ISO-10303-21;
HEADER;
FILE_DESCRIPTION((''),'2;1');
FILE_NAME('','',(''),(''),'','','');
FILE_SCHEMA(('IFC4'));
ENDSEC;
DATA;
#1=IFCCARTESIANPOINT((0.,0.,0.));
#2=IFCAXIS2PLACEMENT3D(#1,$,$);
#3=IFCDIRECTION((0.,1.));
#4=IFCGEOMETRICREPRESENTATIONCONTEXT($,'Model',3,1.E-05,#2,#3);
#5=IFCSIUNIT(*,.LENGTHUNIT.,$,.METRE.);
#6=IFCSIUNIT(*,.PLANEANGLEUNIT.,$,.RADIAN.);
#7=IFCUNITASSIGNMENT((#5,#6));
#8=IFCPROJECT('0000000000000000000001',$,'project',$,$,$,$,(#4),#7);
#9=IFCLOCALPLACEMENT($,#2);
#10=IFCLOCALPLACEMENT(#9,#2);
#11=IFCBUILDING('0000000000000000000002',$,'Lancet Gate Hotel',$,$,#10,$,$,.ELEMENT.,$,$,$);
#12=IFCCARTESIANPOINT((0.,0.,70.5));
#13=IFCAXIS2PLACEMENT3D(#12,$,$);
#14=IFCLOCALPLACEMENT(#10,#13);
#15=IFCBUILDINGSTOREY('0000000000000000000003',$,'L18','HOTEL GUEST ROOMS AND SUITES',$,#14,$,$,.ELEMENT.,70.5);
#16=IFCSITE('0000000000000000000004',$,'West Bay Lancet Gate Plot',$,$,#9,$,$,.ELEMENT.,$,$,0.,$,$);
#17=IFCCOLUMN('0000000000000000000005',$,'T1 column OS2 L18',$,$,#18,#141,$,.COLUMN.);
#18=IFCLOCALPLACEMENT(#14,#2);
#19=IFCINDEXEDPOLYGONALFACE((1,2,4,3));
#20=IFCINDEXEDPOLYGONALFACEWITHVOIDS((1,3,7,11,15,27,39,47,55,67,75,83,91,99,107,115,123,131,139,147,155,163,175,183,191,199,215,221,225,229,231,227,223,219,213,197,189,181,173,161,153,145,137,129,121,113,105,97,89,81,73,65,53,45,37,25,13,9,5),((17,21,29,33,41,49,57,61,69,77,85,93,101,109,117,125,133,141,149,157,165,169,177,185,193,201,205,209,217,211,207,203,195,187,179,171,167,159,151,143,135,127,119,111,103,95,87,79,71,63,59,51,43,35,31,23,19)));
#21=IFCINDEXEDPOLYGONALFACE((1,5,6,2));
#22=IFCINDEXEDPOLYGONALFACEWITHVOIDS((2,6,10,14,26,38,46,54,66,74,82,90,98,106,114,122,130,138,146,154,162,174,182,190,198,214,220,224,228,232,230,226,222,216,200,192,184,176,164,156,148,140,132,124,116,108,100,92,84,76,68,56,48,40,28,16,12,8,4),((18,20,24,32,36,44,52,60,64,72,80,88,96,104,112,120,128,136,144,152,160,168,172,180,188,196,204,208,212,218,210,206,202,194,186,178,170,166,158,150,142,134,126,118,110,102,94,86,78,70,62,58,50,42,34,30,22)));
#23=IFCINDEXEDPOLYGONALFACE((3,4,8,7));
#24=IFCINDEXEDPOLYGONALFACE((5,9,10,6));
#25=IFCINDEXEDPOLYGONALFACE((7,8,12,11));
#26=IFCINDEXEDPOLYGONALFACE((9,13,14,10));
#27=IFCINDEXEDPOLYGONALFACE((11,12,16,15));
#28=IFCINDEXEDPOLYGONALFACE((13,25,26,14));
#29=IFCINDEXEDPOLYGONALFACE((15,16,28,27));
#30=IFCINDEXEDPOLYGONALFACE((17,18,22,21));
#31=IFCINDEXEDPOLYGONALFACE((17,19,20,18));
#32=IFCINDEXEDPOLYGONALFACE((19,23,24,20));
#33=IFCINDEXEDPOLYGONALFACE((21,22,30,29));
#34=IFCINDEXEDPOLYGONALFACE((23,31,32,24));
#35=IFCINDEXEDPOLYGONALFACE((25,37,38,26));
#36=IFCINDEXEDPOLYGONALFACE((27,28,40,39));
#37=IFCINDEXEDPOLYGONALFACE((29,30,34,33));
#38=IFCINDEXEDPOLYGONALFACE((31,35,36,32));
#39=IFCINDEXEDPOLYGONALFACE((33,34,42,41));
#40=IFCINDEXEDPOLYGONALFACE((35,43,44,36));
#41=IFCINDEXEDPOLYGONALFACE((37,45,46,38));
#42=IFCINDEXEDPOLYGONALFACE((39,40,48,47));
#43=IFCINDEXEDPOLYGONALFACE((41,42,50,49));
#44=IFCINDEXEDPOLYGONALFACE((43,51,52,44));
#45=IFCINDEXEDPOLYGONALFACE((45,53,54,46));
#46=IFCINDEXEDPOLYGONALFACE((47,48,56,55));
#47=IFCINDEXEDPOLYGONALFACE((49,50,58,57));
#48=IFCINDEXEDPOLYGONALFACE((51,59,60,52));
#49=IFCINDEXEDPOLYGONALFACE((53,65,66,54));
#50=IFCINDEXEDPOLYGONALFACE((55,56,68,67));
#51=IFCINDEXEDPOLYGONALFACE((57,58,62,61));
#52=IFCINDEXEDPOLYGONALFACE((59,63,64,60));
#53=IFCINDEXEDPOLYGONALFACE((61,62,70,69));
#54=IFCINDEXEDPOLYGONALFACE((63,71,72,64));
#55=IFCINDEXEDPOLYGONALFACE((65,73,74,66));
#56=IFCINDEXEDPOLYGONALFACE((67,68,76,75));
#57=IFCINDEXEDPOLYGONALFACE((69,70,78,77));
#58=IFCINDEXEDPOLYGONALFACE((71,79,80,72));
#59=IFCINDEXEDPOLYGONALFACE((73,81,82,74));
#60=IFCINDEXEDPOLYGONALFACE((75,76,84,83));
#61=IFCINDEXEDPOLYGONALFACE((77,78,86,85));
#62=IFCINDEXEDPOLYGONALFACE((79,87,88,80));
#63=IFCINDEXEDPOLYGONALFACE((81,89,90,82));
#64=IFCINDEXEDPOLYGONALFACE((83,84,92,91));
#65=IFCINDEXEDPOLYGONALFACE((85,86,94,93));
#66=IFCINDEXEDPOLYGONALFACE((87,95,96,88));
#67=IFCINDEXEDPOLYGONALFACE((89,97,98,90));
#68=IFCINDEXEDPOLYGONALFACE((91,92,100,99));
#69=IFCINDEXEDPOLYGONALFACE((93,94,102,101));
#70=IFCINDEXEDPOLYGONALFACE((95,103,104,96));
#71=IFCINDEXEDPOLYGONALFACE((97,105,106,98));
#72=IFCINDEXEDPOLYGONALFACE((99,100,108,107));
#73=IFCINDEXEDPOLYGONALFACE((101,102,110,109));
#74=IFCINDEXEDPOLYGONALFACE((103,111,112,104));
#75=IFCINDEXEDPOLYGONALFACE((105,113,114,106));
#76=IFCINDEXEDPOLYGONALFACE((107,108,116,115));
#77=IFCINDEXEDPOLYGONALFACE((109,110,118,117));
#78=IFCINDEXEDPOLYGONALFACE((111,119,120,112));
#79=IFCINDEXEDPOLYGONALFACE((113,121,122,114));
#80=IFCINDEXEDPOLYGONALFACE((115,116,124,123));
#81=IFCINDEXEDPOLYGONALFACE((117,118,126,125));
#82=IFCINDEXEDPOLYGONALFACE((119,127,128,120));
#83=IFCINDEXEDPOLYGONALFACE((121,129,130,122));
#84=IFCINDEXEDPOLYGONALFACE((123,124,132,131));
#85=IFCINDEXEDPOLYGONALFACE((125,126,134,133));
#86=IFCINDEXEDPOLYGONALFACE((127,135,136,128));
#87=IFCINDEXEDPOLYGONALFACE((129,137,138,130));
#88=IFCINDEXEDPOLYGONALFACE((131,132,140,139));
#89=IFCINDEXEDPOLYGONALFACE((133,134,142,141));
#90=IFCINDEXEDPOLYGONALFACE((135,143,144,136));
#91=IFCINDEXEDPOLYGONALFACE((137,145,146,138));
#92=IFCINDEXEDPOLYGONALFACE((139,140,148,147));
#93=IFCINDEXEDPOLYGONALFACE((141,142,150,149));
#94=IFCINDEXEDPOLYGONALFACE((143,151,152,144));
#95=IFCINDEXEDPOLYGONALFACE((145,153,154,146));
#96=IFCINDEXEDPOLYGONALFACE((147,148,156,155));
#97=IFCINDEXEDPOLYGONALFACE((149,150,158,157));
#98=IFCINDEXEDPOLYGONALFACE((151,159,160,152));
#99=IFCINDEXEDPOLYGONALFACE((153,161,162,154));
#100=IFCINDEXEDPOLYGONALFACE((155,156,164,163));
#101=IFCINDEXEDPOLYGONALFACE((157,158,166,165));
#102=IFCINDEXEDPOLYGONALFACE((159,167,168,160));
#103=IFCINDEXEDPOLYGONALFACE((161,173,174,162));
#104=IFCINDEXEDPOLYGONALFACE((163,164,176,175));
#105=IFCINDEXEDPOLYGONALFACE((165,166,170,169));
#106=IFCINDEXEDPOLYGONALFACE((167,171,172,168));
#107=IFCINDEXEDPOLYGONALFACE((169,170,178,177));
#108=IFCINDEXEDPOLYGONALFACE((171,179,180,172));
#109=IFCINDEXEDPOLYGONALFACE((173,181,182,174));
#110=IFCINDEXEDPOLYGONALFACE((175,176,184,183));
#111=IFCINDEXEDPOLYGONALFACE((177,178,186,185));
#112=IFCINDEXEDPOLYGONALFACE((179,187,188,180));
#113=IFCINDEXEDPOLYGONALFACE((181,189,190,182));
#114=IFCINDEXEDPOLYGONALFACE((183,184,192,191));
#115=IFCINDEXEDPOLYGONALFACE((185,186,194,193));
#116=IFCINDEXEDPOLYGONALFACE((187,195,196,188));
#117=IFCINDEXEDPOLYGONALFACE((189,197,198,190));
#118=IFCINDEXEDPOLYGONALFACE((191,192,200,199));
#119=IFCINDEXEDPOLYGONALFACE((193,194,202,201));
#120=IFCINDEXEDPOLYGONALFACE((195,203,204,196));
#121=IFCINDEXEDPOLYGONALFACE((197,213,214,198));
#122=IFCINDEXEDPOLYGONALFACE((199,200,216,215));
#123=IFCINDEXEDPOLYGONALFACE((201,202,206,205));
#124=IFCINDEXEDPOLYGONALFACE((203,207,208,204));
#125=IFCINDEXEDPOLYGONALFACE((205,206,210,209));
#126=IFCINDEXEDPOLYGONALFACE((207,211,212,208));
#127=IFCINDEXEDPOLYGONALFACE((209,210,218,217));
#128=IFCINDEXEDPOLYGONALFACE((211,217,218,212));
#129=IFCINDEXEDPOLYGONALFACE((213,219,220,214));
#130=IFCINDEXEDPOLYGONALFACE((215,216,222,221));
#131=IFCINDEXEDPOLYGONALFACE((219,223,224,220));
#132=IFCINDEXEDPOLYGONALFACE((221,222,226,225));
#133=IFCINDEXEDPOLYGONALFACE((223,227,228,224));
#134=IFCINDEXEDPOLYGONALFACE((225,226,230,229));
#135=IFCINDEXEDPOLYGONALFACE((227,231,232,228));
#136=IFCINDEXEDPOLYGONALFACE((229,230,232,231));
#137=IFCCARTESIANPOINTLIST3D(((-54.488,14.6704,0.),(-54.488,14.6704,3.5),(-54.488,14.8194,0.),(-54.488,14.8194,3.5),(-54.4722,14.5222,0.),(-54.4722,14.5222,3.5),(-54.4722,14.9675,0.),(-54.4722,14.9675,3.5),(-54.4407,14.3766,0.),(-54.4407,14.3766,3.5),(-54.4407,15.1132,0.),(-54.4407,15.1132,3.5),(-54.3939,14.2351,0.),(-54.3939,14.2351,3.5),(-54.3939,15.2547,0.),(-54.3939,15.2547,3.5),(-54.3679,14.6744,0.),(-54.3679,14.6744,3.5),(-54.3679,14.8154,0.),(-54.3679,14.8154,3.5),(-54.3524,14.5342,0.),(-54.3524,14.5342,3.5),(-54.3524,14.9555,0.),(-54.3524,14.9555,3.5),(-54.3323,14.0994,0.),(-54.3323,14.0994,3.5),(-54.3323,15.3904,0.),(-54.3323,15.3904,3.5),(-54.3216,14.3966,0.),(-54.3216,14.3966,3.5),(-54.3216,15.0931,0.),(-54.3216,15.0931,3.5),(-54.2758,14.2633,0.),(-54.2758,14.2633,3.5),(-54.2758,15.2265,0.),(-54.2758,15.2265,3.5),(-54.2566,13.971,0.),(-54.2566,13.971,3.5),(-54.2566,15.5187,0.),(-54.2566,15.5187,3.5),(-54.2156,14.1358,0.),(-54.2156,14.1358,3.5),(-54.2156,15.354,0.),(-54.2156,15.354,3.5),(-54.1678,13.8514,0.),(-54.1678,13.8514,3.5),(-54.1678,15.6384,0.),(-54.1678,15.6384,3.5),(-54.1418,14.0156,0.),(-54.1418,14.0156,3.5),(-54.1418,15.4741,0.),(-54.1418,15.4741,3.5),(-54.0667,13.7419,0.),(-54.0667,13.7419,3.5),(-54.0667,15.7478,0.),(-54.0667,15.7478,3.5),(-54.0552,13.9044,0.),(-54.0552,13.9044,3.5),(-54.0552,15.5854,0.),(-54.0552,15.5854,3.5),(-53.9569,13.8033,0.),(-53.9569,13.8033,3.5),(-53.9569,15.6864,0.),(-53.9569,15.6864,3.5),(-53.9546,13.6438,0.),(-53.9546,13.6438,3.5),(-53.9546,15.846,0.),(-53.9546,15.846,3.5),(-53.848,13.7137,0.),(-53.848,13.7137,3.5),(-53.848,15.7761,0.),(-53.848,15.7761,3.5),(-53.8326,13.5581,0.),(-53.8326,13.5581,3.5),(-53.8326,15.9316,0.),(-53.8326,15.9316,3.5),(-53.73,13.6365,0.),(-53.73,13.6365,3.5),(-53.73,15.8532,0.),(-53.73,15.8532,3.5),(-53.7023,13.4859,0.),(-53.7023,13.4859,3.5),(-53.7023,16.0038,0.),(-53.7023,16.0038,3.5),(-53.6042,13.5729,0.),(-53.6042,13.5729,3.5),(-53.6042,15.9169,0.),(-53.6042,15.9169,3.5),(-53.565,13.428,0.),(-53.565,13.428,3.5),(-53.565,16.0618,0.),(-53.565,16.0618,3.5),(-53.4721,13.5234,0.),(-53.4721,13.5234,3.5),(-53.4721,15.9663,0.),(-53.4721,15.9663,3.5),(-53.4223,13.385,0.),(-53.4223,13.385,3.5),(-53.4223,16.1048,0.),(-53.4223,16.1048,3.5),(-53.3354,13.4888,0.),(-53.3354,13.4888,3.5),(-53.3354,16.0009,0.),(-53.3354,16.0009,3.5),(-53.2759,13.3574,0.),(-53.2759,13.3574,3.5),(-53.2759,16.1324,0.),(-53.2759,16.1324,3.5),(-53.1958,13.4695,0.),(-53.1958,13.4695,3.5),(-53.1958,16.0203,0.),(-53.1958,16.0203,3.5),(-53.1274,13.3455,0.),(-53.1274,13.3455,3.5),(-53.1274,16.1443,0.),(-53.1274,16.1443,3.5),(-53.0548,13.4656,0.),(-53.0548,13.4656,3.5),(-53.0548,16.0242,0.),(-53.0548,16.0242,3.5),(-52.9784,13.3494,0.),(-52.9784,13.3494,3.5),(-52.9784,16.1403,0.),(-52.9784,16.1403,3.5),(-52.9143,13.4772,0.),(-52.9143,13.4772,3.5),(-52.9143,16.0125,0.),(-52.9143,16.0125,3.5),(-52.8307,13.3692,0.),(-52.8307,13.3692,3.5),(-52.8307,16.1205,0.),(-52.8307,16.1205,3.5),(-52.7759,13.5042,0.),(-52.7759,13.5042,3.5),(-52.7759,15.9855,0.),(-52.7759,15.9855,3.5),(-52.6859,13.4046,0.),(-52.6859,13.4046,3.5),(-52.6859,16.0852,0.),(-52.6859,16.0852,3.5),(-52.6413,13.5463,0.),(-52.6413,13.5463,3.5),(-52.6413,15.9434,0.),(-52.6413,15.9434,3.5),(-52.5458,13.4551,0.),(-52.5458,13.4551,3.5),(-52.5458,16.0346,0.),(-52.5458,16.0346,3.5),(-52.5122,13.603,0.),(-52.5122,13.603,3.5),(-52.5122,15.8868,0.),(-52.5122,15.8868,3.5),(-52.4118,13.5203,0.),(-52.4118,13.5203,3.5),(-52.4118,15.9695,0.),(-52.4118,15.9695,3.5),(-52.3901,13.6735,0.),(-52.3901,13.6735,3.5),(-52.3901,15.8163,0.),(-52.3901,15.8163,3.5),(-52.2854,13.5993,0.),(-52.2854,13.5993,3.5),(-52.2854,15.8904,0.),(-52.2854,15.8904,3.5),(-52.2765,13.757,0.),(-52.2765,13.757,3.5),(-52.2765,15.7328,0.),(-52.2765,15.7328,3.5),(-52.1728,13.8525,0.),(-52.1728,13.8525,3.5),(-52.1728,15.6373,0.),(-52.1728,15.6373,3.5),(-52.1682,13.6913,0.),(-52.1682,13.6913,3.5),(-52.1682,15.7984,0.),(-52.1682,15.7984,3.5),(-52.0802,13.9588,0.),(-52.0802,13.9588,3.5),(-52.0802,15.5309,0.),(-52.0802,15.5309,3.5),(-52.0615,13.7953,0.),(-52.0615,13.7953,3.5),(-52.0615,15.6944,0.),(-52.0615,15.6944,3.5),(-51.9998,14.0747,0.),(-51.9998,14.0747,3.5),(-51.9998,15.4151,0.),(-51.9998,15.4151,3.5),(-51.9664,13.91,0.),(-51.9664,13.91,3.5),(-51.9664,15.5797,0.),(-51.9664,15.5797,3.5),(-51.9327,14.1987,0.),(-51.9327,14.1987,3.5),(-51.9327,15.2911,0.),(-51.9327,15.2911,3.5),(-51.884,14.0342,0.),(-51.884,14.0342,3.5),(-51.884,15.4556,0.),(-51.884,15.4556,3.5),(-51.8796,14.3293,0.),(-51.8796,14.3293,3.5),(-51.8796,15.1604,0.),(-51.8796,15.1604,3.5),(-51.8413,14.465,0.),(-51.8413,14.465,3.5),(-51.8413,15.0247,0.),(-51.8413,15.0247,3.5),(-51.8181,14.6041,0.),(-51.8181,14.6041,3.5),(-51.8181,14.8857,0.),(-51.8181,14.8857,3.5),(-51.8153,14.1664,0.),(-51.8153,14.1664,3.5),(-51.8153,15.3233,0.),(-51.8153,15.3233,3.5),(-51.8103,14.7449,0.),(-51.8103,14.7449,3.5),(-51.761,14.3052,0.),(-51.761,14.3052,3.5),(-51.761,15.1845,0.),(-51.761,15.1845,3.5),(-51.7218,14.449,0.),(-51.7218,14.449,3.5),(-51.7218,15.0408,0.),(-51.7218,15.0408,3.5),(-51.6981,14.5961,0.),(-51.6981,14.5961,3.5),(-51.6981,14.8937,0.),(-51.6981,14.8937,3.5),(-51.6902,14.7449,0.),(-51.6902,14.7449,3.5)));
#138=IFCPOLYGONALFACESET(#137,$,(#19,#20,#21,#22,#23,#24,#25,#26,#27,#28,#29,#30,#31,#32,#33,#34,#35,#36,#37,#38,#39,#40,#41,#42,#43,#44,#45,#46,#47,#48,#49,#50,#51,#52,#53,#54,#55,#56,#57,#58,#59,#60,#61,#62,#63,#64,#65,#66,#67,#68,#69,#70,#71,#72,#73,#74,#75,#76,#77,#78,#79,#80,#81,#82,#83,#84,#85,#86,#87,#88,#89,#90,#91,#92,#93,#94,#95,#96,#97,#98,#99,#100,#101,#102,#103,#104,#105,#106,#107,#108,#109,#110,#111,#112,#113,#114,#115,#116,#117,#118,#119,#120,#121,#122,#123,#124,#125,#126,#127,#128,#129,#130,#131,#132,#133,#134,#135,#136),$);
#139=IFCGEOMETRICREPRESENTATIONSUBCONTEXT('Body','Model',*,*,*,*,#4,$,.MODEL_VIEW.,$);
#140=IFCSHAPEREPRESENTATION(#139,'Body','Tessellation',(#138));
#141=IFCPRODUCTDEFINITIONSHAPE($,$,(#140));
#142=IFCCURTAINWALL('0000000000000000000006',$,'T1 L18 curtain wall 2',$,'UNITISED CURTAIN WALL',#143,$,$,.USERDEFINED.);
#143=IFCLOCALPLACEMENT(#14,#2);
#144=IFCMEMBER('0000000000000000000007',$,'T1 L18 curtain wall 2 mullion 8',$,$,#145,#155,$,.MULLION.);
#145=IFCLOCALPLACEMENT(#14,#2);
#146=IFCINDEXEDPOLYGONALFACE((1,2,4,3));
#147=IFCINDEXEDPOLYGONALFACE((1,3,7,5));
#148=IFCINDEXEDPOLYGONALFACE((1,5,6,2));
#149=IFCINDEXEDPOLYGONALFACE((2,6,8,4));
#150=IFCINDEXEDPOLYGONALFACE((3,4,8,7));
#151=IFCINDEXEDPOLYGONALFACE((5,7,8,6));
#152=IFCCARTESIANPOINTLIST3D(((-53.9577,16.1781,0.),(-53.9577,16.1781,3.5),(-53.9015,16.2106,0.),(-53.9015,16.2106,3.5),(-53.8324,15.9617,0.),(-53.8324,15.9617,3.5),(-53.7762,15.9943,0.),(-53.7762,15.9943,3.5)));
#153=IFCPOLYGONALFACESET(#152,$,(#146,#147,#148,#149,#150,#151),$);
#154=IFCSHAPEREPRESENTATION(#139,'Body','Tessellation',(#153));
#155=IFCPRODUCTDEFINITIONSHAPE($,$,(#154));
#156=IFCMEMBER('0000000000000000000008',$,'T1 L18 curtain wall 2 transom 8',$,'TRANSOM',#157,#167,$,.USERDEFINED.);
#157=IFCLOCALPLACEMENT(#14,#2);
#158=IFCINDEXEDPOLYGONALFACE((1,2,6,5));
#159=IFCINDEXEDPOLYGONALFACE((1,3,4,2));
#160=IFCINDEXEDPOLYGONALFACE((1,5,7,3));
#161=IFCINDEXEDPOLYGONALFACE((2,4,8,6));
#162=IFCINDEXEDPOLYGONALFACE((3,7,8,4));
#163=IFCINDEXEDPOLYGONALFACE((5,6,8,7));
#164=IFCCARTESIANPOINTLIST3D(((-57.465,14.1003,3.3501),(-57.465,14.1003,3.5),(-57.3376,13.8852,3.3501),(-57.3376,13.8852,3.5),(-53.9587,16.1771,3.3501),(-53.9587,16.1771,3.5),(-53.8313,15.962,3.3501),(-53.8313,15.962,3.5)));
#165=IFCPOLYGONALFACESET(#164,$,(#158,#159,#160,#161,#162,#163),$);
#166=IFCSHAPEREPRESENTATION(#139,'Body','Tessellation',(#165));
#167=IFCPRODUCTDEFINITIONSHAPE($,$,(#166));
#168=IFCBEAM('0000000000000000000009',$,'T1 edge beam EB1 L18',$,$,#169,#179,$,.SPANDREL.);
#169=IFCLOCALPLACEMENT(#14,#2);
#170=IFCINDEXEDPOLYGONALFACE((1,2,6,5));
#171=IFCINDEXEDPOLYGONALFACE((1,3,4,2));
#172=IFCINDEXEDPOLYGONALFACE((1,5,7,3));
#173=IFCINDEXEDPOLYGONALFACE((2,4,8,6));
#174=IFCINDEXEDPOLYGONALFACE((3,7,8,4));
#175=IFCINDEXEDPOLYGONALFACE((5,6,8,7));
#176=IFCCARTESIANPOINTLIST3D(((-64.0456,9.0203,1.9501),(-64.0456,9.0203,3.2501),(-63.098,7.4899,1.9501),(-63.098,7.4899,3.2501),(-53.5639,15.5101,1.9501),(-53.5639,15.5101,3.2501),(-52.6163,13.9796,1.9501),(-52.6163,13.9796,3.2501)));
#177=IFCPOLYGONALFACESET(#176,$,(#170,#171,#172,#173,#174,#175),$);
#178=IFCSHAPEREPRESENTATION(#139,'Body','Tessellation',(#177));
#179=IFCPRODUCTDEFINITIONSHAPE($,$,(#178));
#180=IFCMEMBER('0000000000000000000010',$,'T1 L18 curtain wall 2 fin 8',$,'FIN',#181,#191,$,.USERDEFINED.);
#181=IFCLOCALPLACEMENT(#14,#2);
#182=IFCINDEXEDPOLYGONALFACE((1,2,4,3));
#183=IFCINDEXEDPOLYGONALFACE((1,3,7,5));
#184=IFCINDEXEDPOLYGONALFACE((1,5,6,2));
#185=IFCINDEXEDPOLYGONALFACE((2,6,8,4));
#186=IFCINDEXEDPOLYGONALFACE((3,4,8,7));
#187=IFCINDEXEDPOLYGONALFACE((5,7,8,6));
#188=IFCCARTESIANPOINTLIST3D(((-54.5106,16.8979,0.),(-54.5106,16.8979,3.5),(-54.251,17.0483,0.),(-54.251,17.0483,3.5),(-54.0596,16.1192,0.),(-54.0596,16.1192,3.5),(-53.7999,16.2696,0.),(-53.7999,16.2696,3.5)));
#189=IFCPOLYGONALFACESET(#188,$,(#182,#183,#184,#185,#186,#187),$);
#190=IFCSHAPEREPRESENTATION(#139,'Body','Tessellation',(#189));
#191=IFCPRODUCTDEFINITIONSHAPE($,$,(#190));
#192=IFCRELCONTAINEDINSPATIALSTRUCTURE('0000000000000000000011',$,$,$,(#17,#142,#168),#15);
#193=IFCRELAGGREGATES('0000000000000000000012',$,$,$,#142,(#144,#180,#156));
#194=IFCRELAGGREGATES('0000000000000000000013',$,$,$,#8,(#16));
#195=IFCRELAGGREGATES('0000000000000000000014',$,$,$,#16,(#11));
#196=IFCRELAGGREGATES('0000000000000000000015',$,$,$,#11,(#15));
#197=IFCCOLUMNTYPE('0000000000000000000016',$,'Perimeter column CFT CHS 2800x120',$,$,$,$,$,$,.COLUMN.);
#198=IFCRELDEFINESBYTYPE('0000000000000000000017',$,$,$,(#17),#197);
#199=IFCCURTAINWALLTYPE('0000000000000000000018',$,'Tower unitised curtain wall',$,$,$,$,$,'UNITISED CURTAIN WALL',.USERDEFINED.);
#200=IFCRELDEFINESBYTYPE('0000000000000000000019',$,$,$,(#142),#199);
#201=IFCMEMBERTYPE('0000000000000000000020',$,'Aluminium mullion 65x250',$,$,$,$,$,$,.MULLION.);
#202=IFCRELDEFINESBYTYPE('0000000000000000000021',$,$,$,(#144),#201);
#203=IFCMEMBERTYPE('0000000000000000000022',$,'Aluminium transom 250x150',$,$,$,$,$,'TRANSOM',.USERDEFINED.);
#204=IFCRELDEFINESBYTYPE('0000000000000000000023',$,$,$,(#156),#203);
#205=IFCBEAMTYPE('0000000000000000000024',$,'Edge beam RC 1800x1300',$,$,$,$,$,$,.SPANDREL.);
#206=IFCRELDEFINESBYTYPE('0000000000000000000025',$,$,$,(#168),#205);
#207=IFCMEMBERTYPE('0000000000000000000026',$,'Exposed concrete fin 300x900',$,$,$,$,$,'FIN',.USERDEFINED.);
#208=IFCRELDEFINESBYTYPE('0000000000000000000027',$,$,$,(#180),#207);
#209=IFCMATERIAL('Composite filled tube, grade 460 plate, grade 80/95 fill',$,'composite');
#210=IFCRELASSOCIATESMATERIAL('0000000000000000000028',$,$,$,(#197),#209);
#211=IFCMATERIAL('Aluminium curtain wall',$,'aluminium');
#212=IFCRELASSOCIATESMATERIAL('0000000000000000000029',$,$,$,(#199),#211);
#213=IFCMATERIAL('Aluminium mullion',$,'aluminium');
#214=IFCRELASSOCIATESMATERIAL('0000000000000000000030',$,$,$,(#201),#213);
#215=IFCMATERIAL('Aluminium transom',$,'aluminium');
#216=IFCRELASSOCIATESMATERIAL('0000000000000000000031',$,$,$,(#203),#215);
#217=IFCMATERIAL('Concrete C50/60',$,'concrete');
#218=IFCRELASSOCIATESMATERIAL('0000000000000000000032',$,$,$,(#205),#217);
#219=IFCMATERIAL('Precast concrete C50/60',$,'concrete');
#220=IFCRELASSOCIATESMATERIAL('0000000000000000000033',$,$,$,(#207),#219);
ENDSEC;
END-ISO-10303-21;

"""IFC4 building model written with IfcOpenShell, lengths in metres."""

from ifc_helpers import new_model, si_unit, direction, frame, origin, origin_2d, place, context, subcontext, project, spatial, rectangle, hollow_circle, extrude, material, material_profile, profile_set, type_object, element, aggregate, save


model = new_model("IFC4")

# Units and contexts
model_context = context("Model", 3, precision=1e-05, world=origin(), true_north=direction((0.0, 1.0)))
body_context = subcontext(model_context, "Body", "Model", "MODEL_VIEW")
ifc_project = project(units=[si_unit("LENGTHUNIT", "METRE"), si_unit("PLANEANGLEUNIT", "RADIAN")], contexts=[model_context])

# Site, building, storey
site_placement = place(None, origin())
site = spatial("IfcSite", under=ifc_project, at=site_placement, Name="West Bay Lancet Gate Plot", CompositionType="ELEMENT", RefElevation=0.0)
building_placement = place(site_placement, origin())
building = spatial("IfcBuilding", under=site, at=building_placement, Name="Lancet Gate Hotel", CompositionType="ELEMENT")
storey_placement = place(building_placement, frame((0.0, 0.0, 70.5)))
storey = spatial("IfcBuildingStorey", under=building, at=storey_placement, Name="L18", Description="HOTEL GUEST ROOMS AND SUITES", CompositionType="ELEMENT", Elevation=70.5)

# Column
ifc_material_1 = material(Name="Composite filled tube, grade 460 plate, grade 80/95 fill", Category="composite")
ifc_material_profile_1 = material_profile(ifc_material_1, hollow_circle(Radius=1.3999, WallThickness=0.1201, at=origin_2d()), Name="CHS 2800x120")
ifc_profile_set_1 = profile_set([ifc_material_profile_1], Name="Composite filled tube, grade 460 plate, grade 80/95 fill")
column_type = type_object("IfcColumnType", Name="Perimeter column CFT CHS 2800x120", PredefinedType="COLUMN", material=ifc_profile_set_1)
column_placement = place(storey_placement, frame((-53.0901, 14.7449, 0.0), z_axis=(0.0, 0.0, 1.0), x_axis=(1.0, 0.0, 0.0)))
element("IfcColumn", 1, at=column_placement, inside=storey, type_object=column_type, Name="T1 column OS2 L18", PredefinedType="COLUMN", context=body_context, shape_type="SweptSolid", body=[
    extrude(hollow_circle(Radius=1.3999, WallThickness=0.1201, at=origin_2d()), origin(), (0.0, 0.0, 1.0), 3.5),
])

# Curtain wall, members
ifc_material_2 = material(Name="Aluminium curtain wall", Category="aluminium")
curtain_wall_type = type_object("IfcCurtainWallType", Name="Tower unitised curtain wall", ElementType="UNITISED CURTAIN WALL", PredefinedType="USERDEFINED", material=ifc_material_2)
curtain_wall_placement = place(storey_placement, origin())
curtain_wall = element("IfcCurtainWall", 2, at=curtain_wall_placement, inside=storey, type_object=curtain_wall_type, Name="T1 L18 curtain wall 2", ObjectType="UNITISED CURTAIN WALL", PredefinedType="USERDEFINED")
ifc_material_3 = material(Name="Aluminium mullion", Category="aluminium")
ifc_material_profile_2 = material_profile(ifc_material_3, rectangle(XDim=0.0649, YDim=0.25, at=origin_2d()), Name="MULLION 65x250")
ifc_profile_set_2 = profile_set([ifc_material_profile_2], Name="Aluminium mullion")
member_type_1 = type_object("IfcMemberType", Name="Aluminium mullion 65x250", PredefinedType="MULLION", material=ifc_profile_set_2)
member_1_placement = place(storey_placement, frame((-53.8669, 16.0862, 0.0), z_axis=(0.0, 0.0, 1.0), x_axis=(-0.865335, -0.501194, 0.0)))
member_1 = element("IfcMember", 3, at=member_1_placement, type_object=member_type_1, Name="T1 L18 curtain wall 2 mullion 8", PredefinedType="MULLION", context=body_context, shape_type="SweptSolid", body=[
    extrude(rectangle(XDim=0.0649, YDim=0.25, at=origin_2d()), origin(), (0.0, 0.0, 1.0), 3.5),
])
ifc_material_4 = material(Name="Aluminium transom", Category="aluminium")
ifc_material_profile_3 = material_profile(ifc_material_4, rectangle(XDim=0.25, YDim=0.1499, at=origin_2d()), Name="TRANSOM 250x150")
ifc_profile_set_3 = profile_set([ifc_material_profile_3], Name="Aluminium transom")
member_type_2 = type_object("IfcMemberType", Name="Aluminium transom 250x150", ElementType="TRANSOM", PredefinedType="USERDEFINED", material=ifc_profile_set_3)
member_2_placement = place(storey_placement, frame((-53.895, 16.0696, 3.425), z_axis=(-0.860392, -0.509633, 0.0), x_axis=(0.509633, -0.860392, 0.0)))
member_2 = element("IfcMember", 4, at=member_2_placement, type_object=member_type_2, Name="T1 L18 curtain wall 2 transom 8", ObjectType="TRANSOM", PredefinedType="USERDEFINED", context=body_context, shape_type="SweptSolid", body=[
    extrude(rectangle(XDim=0.25, YDim=0.1499, at=origin_2d()), origin(), (0.0, 0.0, 1.0), 4.0752),
])

# Beam
ifc_material_5 = material(Name="Concrete C50/60", Category="concrete")
ifc_material_profile_4 = material_profile(ifc_material_5, rectangle(XDim=1.8, YDim=1.3, at=origin_2d()), Name="RC 1800x1300")
ifc_profile_set_4 = profile_set([ifc_material_profile_4], Name="Concrete C50/60")
beam_type_1 = type_object("IfcBeamType", Name="Edge beam RC 1800x1300", PredefinedType="SPANDREL", material=ifc_profile_set_4)
beam_1_placement = place(storey_placement, frame((-53.0901, 14.7449, 2.6001), z_axis=(-0.850226, -0.526418, 0.0), x_axis=(0.526418, -0.850226, 0.0)))
element("IfcBeam", 5, at=beam_1_placement, inside=storey, type_object=beam_type_1, Name="T1 edge beam EB1 L18", PredefinedType="SPANDREL", context=body_context, shape_type="SweptSolid", body=[
    extrude(rectangle(XDim=1.8, YDim=1.3, at=origin_2d()), origin(), (0.0, 0.0, 1.0), 12.3281),
])

# Member
ifc_material_6 = material(Name="Precast concrete C50/60", Category="concrete")
ifc_material_profile_5 = material_profile(ifc_material_6, rectangle(XDim=0.3, YDim=0.8999, at=origin_2d()), Name="FIN 300x900")
ifc_profile_set_5 = profile_set([ifc_material_profile_5], Name="Precast concrete C50/60")
member_type_3 = type_object("IfcMemberType", Name="Exposed concrete fin 300x900", ElementType="FIN", PredefinedType="USERDEFINED", material=ifc_profile_set_5)
member_3_placement = place(storey_placement, frame((-54.1553, 16.5837, 0.0), z_axis=(0.0, 0.0, 1.0), x_axis=(-0.865335, -0.501194, 0.0)))
member_3 = element("IfcMember", 6, at=member_3_placement, type_object=member_type_3, Name="T1 L18 curtain wall 2 fin 8", ObjectType="FIN", PredefinedType="USERDEFINED", context=body_context, shape_type="SweptSolid", body=[
    extrude(rectangle(XDim=0.3, YDim=0.8999, at=origin_2d()), origin(), (0.0, 0.0, 1.0), 3.5),
])
aggregate(curtain_wall, [member_1, member_3, member_2])

save(model, "model.ifc")
